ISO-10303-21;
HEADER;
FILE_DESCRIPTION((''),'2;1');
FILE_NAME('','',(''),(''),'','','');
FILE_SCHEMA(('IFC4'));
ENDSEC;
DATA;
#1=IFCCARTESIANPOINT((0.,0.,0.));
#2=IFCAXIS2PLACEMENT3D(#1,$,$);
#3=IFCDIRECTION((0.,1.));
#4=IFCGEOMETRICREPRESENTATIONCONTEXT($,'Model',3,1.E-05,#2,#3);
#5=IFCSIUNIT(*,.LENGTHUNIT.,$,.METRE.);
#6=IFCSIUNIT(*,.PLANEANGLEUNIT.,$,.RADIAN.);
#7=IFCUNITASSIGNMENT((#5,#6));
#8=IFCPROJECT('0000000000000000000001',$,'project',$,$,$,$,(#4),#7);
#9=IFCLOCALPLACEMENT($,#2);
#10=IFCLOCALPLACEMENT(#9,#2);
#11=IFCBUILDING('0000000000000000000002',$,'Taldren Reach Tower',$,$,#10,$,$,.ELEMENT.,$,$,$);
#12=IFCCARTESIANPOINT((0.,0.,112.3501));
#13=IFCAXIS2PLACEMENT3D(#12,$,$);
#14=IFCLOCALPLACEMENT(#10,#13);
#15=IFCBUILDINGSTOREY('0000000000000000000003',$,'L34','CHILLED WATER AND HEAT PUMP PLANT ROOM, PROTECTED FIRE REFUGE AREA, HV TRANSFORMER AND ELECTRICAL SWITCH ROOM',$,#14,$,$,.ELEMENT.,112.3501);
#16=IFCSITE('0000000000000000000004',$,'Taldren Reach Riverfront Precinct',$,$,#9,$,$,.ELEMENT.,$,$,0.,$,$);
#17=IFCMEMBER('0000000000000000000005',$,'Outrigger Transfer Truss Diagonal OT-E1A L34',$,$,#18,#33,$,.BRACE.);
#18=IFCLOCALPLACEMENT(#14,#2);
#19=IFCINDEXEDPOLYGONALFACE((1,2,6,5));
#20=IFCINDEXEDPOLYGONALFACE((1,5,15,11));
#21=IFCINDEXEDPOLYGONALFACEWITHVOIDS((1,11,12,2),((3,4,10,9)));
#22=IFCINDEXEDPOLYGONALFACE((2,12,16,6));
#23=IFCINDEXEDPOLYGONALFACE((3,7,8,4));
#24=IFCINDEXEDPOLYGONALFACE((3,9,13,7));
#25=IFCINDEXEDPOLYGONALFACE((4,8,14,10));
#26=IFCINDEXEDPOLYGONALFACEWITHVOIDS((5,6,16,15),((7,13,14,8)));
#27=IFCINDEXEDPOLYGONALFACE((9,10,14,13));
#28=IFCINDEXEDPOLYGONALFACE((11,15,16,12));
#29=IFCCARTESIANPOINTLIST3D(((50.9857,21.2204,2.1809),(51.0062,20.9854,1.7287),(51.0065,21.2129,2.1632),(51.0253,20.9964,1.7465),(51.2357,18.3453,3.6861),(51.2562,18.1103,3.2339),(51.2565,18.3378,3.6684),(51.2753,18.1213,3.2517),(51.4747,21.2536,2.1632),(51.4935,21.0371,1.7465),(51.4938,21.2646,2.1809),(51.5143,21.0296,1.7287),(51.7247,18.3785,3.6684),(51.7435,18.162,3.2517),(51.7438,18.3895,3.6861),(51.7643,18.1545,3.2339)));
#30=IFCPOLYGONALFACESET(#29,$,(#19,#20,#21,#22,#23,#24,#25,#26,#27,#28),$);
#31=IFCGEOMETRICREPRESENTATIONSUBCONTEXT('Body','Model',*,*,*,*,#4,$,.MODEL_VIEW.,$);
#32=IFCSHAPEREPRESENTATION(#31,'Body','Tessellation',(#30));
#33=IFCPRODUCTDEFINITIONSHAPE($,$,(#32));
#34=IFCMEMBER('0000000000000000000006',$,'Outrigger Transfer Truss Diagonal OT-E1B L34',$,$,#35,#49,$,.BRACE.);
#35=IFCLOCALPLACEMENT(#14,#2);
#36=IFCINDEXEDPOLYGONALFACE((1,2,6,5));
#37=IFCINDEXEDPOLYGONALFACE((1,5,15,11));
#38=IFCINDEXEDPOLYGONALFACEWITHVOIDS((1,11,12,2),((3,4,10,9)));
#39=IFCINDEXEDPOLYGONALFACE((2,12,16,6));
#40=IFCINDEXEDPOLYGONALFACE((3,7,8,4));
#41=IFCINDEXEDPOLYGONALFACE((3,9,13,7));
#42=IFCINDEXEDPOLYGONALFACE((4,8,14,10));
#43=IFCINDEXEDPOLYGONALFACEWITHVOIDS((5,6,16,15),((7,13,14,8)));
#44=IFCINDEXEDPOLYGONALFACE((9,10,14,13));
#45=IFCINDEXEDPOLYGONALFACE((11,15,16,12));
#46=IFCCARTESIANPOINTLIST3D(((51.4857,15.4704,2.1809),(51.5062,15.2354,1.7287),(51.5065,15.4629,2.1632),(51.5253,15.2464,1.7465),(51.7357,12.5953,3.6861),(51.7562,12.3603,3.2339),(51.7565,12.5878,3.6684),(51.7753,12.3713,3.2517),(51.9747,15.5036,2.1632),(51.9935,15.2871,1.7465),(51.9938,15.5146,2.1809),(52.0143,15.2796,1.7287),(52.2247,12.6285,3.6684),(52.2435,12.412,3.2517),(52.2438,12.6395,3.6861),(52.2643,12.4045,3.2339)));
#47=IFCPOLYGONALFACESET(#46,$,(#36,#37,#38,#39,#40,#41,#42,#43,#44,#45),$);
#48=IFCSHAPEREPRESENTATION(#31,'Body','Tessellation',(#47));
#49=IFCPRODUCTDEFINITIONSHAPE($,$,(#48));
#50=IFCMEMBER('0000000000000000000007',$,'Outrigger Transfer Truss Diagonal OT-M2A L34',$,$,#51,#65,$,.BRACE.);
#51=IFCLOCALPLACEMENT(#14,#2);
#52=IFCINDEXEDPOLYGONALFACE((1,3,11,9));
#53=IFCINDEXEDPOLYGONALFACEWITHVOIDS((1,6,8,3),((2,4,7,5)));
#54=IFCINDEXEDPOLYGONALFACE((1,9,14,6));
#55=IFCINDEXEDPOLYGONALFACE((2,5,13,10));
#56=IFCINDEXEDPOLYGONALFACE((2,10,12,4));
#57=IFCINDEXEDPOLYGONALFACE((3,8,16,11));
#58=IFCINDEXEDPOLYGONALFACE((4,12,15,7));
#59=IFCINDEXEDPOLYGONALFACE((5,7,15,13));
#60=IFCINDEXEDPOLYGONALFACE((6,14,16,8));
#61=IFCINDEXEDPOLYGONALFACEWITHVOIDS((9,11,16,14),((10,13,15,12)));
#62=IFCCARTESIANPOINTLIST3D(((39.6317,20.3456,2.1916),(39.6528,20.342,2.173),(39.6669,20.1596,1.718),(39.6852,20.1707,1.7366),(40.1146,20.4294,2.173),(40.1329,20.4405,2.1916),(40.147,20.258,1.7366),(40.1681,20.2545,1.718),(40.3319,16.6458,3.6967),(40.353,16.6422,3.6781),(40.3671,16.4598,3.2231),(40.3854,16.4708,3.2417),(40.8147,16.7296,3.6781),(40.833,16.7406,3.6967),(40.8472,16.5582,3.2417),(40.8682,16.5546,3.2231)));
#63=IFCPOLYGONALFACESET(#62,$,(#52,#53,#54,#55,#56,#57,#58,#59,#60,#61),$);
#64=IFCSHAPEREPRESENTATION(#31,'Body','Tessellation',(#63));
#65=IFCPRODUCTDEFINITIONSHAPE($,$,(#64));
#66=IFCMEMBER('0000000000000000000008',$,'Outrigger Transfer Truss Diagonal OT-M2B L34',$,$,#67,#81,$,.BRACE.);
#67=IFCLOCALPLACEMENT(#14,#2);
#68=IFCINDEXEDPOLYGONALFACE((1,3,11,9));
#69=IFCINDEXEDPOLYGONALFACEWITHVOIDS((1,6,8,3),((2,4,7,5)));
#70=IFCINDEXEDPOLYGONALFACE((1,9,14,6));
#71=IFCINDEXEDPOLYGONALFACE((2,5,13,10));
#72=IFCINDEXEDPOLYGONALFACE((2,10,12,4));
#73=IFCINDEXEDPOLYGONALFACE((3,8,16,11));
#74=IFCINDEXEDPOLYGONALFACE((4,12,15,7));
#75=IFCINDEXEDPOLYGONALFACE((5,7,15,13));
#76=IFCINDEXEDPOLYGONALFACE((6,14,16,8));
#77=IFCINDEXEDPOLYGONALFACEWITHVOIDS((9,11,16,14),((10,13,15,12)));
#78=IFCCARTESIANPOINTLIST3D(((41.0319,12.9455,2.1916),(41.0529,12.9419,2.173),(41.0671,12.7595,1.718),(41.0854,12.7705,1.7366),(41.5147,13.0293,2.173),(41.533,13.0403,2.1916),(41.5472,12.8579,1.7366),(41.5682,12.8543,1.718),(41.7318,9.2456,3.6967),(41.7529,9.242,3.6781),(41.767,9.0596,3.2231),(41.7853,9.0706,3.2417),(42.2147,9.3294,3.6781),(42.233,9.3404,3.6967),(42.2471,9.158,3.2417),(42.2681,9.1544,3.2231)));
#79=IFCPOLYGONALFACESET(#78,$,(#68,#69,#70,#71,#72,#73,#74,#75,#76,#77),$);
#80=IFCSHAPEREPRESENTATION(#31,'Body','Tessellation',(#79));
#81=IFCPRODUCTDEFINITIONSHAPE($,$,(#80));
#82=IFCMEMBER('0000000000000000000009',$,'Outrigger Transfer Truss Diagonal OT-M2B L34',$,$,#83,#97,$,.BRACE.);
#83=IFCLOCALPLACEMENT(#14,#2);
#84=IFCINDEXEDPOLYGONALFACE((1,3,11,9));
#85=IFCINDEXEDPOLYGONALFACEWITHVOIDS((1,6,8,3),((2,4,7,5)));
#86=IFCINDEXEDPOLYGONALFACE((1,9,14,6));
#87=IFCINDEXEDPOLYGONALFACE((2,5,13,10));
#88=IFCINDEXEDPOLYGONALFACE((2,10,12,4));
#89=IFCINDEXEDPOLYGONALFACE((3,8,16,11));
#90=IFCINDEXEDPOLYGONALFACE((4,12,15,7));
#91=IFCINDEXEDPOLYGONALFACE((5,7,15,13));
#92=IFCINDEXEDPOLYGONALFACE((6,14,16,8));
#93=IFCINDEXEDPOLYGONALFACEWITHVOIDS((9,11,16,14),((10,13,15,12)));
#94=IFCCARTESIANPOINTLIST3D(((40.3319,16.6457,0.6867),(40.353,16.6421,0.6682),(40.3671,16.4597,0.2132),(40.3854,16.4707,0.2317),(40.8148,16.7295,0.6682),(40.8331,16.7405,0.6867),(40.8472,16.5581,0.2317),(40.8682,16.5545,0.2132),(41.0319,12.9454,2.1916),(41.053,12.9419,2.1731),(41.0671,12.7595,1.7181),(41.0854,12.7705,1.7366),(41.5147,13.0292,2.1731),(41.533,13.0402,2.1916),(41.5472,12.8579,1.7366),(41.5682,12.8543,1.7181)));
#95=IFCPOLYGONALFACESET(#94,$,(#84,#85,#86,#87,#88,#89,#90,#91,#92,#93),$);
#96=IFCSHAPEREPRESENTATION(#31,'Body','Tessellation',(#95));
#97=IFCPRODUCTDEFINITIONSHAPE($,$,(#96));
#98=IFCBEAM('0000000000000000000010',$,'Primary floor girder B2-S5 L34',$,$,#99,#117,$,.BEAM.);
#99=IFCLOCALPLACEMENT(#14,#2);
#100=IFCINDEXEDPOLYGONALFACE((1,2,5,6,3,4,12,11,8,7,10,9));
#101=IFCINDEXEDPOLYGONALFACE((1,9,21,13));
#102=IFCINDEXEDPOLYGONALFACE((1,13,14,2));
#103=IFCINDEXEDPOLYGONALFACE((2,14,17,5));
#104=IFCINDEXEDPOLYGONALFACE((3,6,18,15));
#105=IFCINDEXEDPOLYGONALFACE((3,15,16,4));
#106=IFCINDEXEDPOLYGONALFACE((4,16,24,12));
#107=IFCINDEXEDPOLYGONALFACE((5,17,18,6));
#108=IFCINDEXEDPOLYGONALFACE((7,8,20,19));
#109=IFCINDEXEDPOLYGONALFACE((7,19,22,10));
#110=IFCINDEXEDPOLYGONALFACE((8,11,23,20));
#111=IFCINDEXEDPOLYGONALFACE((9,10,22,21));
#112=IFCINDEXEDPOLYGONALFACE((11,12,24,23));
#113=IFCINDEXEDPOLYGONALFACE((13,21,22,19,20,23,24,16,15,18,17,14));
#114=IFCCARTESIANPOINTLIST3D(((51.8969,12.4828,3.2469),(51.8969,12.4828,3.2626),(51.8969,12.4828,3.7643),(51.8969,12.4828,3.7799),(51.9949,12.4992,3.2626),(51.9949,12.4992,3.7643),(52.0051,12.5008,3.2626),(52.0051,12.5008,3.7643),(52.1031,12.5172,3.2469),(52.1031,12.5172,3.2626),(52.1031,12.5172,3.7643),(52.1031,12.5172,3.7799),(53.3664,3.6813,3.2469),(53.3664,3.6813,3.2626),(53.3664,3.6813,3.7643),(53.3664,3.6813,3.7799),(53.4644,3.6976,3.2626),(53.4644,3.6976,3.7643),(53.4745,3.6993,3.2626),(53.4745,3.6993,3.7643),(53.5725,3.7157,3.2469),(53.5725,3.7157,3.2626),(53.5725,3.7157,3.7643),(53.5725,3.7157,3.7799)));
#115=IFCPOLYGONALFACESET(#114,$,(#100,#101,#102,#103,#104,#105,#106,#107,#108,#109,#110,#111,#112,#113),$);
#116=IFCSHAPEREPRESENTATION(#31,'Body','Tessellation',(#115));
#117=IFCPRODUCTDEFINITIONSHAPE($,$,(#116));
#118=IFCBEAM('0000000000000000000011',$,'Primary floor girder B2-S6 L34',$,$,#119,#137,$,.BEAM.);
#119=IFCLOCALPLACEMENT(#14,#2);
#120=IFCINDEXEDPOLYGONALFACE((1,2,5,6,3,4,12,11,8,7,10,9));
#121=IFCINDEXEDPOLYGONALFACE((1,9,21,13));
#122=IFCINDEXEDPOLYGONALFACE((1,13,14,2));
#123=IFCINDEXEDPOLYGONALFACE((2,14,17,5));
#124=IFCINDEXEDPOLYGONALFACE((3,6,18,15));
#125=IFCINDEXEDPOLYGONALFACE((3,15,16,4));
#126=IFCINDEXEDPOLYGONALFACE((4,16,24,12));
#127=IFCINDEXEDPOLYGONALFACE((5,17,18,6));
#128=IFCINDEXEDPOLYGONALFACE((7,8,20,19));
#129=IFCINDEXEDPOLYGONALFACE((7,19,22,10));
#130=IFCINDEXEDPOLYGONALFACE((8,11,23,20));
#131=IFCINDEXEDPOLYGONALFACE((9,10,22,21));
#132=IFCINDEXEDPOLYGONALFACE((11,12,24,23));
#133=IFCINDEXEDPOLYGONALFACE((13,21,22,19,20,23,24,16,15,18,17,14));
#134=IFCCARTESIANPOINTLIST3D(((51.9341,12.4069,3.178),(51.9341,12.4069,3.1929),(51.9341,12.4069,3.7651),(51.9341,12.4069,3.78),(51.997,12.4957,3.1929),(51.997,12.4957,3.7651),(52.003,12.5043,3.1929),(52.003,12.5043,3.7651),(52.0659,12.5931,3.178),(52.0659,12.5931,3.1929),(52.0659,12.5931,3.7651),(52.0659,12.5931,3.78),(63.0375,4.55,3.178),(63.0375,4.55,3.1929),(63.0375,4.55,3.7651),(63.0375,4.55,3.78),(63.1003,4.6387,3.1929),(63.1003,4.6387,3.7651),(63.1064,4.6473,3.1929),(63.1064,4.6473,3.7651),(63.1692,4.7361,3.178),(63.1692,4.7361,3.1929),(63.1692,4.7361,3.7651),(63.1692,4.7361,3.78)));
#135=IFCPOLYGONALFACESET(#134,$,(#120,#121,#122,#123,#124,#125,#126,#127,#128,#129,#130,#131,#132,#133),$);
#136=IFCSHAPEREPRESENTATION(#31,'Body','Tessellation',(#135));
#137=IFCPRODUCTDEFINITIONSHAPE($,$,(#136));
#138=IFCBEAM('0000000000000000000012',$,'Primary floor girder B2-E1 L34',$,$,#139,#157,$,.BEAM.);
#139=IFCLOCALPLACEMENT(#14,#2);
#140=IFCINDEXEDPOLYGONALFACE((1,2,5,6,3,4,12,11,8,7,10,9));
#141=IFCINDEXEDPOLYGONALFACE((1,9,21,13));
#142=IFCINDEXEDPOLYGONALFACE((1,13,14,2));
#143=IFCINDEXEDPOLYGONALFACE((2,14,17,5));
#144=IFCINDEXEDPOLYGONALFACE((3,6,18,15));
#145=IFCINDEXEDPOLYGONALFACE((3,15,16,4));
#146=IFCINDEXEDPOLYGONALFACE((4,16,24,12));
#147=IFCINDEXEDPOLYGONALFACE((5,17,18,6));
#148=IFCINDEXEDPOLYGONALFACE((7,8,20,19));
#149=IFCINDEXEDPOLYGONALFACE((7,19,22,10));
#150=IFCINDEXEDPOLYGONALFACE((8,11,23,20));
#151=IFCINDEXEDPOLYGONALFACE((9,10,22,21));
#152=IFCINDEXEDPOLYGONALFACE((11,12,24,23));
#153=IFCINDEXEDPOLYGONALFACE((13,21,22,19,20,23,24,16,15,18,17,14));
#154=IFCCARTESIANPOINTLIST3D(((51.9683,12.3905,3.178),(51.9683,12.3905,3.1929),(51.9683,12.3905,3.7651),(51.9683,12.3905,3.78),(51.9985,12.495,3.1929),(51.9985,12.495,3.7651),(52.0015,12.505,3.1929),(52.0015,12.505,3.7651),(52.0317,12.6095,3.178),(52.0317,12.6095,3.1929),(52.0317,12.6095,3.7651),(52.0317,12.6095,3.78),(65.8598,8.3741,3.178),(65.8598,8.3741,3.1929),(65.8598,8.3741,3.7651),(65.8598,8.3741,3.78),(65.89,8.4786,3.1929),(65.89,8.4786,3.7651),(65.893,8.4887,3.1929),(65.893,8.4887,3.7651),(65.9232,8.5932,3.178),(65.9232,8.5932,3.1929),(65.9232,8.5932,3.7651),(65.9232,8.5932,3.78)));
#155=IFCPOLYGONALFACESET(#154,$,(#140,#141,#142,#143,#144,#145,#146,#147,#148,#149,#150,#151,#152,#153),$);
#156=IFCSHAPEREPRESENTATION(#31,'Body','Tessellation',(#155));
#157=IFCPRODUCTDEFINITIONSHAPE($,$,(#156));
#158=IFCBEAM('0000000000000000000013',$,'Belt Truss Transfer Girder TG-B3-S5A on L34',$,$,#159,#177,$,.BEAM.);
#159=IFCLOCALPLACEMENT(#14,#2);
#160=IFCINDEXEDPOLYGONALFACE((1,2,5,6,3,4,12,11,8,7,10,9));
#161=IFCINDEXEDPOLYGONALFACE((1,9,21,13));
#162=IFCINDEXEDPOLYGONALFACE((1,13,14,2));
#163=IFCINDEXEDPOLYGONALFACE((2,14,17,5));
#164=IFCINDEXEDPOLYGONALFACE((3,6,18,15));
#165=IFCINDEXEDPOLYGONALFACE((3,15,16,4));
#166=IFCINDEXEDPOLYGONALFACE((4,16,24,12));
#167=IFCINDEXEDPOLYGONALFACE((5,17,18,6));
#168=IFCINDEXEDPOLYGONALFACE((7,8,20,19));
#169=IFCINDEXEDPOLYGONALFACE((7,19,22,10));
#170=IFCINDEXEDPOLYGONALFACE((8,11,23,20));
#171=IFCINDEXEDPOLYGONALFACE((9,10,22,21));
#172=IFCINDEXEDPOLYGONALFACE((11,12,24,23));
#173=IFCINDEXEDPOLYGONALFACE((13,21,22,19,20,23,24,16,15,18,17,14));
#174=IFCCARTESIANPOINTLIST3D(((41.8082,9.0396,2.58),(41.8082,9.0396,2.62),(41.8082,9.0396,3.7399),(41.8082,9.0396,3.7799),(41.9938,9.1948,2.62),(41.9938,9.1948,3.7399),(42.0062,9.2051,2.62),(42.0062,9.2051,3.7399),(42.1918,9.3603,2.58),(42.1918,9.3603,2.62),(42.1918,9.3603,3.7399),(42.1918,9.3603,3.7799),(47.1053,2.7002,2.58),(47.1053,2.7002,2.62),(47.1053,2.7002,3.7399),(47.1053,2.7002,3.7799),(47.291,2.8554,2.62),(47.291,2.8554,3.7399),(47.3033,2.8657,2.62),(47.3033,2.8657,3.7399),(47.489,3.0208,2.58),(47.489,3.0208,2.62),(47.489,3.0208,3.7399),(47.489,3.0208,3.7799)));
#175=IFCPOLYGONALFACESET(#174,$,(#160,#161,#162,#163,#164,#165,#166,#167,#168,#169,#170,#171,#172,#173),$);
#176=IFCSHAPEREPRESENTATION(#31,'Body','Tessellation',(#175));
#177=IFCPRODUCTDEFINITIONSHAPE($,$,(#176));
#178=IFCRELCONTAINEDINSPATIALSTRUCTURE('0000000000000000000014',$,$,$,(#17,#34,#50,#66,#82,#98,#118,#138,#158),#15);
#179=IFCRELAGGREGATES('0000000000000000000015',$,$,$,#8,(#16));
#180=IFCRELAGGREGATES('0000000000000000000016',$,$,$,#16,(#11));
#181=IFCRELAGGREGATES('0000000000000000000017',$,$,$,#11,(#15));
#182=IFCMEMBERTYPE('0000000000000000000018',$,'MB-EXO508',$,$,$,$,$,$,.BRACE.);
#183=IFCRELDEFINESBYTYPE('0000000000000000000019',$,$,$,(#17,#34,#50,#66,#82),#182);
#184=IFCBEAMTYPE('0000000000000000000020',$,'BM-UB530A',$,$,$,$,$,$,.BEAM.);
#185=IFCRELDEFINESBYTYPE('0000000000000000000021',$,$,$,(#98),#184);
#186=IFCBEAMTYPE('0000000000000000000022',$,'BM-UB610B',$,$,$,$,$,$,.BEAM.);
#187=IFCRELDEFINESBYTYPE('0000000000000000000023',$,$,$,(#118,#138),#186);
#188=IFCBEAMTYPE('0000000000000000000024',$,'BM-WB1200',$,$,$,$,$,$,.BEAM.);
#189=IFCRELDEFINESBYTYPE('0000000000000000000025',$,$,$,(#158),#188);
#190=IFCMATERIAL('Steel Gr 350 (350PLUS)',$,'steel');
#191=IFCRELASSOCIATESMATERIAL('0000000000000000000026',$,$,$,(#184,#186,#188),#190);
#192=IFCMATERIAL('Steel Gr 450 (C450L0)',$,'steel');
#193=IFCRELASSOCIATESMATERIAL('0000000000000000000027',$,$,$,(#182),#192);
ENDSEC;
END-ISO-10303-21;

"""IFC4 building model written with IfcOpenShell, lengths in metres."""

from ifc_helpers import new_model, si_unit, direction, frame, origin, origin_2d, place, context, subcontext, project, spatial, hollow_rectangle, i_section, extrude, source, transform, mapped, material, material_profile, profile_set, type_object, element, save


model = new_model("IFC4")

# Units and contexts
model_context = context("Model", 3, precision=1e-05, world=origin(), true_north=direction((0.0, 1.0)))
body_context = subcontext(model_context, "Body", "Model", "MODEL_VIEW")
ifc_project = project(units=[si_unit("LENGTHUNIT", "METRE"), si_unit("PLANEANGLEUNIT", "RADIAN")], contexts=[model_context])

# Site, building, storey
site_placement = place(None, origin())
site = spatial("IfcSite", under=ifc_project, at=site_placement, Name="Taldren Reach Riverfront Precinct", CompositionType="ELEMENT", RefElevation=0.0)
building_placement = place(site_placement, origin())
building = spatial("IfcBuilding", under=site, at=building_placement, Name="Taldren Reach Tower", CompositionType="ELEMENT")
storey_placement = place(building_placement, frame((0.0, 0.0, 112.3501)))
storey = spatial("IfcBuildingStorey", under=building, at=storey_placement, Name="L34", Description="CHILLED WATER AND HEAT PUMP PLANT ROOM, PROTECTED FIRE REFUGE AREA, HV TRANSFORMER AND ELECTRICAL SWITCH ROOM", CompositionType="ELEMENT", Elevation=112.3501)

# Shared definitions
ifc_material_1 = material(Name="Steel Gr 350 (350PLUS)", Category="steel")

# Shared definitions
ifc_material_profile_1 = material_profile(ifc_material_1, i_section(OverallWidth=0.209, OverallDepth=0.533, WebThickness=0.0103, FlangeThickness=0.0156, at=origin_2d()), Name="530UB92.4")
ifc_profile_set_1 = profile_set([ifc_material_profile_1], Name="Steel Gr 350 (350PLUS)")
beam_type_1 = type_object("IfcBeamType", Name="BM-UB530A", PredefinedType="BEAM", material=ifc_profile_set_1)

# Members
ifc_material_2 = material(Name="Steel Gr 450 (C450L0)", Category="steel")
ifc_material_profile_2 = material_profile(ifc_material_2, hollow_rectangle(XDim=0.51, YDim=0.51, WallThickness=0.02, at=origin_2d()), Name="510x510x20.0SHS")
ifc_profile_set_2 = profile_set([ifc_material_profile_2], Name="Steel Gr 450 (C450L0)")
member_type_1 = type_object("IfcMemberType", Name="MB-EXO508", PredefinedType="BRACE", material=ifc_profile_set_2)
shared_shape_1 = source(origin(), body_context, "Body", "SweptSolid", [
    extrude(hollow_rectangle(XDim=0.51, YDim=0.51, WallThickness=0.02, at=origin_2d()), origin(), (0.0, 0.0, 1.0), 3.2549),
])
for number, where, z_axis, x_axis, name in (
    (1, (51.25, 21.125, 1.9548), (0.07681, -0.883319, 0.462437), (0.996241, 0.08663, 0.0), "Outrigger Transfer Truss Diagonal OT-E1A L34"),
    (2, (51.75, 15.375, 1.9548), (0.07681, -0.883319, 0.462437), (0.996241, 0.08663, 0.0), "Outrigger Transfer Truss Diagonal OT-E1B L34"),
):
    element("IfcMember", number, at=place(storey_placement, frame(where, z_axis=z_axis, x_axis=x_axis)), inside=storey, type_object=member_type_1, Name=name, PredefinedType="BRACE", context=body_context, shape_type="MappedRepresentation", body=[
        mapped(shared_shape_1, transform((0.0, 0.0, 0.0), scale=1.0)),
    ])
shared_shape_2 = source(origin(), body_context, "Body", "SweptSolid", [
    extrude(hollow_rectangle(XDim=0.51, YDim=0.51, WallThickness=0.02, at=origin_2d()), origin(), (0.0, 0.0, 1.0), 4.0552),
])
for number, where, z_axis, x_axis, name in (
    (3, (39.8999, 20.3, 1.9548), (0.172663, -0.912378, 0.371152), (0.98256, 0.185944, 0.0), "Outrigger Transfer Truss Diagonal OT-M2A L34"),
    (4, (41.3, 12.8999, 1.9548), (0.172604, -0.912388, 0.371156), (0.982572, 0.185882, 0.0), "Outrigger Transfer Truss Diagonal OT-M2B L34"),
):
    element("IfcMember", number, at=place(storey_placement, frame(where, z_axis=z_axis, x_axis=x_axis)), inside=storey, type_object=member_type_1, Name=name, PredefinedType="BRACE", context=body_context, shape_type="MappedRepresentation", body=[
        mapped(shared_shape_2, transform((0.0, 0.0, 0.0), scale=1.0)),
    ])
shared_shape_3 = source(origin(), body_context, "Body", "SweptSolid", [
    extrude(hollow_rectangle(XDim=0.51, YDim=0.51, WallThickness=0.02, at=origin_2d()), origin(), (0.0, 0.0, 1.0), 4.0554),
])
member_1_placement = place(storey_placement, frame((40.6001, 16.6001, 0.45), z_axis=(0.172598, -0.912418, 0.371084), x_axis=(0.982574, 0.18587, 0.0)))
element("IfcMember", 5, at=member_1_placement, inside=storey, type_object=member_type_1, Name="Outrigger Transfer Truss Diagonal OT-M2B L34", PredefinedType="BRACE", context=body_context, shape_type="MappedRepresentation", body=[
    mapped(shared_shape_3, transform((0.0, 0.0, 0.0), scale=1.0)),
])

# Beams
shared_shape_4 = source(origin(), body_context, "Body", "SweptSolid", [
    extrude(i_section(OverallWidth=0.209, OverallDepth=0.533, WebThickness=0.0103, FlangeThickness=0.0156, at=origin_2d()), origin(), (0.0, 0.0, 1.0), 8.9233),
])
beam_1_placement = place(storey_placement, frame((52.0, 12.5, 3.5134), z_axis=(0.164678, -0.986347, 0.0), x_axis=(0.986347, 0.164678, 0.0)))
element("IfcBeam", 6, at=beam_1_placement, inside=storey, type_object=beam_type_1, Name="Primary floor girder B2-S5 L34", PredefinedType="BEAM", context=body_context, shape_type="MappedRepresentation", body=[
    mapped(shared_shape_4, transform((0.0, 0.0, 0.0), scale=1.0)),
])
ifc_material_profile_3 = material_profile(ifc_material_1, i_section(OverallWidth=0.228, OverallDepth=0.6021, WebThickness=0.0105, FlangeThickness=0.0149, at=origin_2d()), Name="610UB101")
ifc_profile_set_3 = profile_set([ifc_material_profile_3], Name="Steel Gr 350 (350PLUS)")
beam_type_2 = type_object("IfcBeamType", Name="BM-UB610B", PredefinedType="BEAM", material=ifc_profile_set_3)
shared_shape_5 = source(origin(), body_context, "Body", "SweptSolid", [
    extrude(i_section(OverallWidth=0.228, OverallDepth=0.6021, WebThickness=0.0105, FlangeThickness=0.0149, at=origin_2d()), origin(), (0.0, 0.0, 1.0), 13.6021),
])
beam_2_placement = place(storey_placement, frame((52.0, 12.5, 3.479), z_axis=(0.816298, -0.577631, 0.0), x_axis=(0.577631, 0.816298, 0.0)))
element("IfcBeam", 7, at=beam_2_placement, inside=storey, type_object=beam_type_2, Name="Primary floor girder B2-S6 L34", PredefinedType="BEAM", context=body_context, shape_type="MappedRepresentation", body=[
    mapped(shared_shape_5, transform((0.0, 0.0, 0.0), scale=1.0)),
])
shared_shape_6 = source(origin(), body_context, "Body", "SweptSolid", [
    extrude(i_section(OverallWidth=0.228, OverallDepth=0.6021, WebThickness=0.0105, FlangeThickness=0.0149, at=origin_2d()), origin(), (0.0, 0.0, 1.0), 14.4604),
])
beam_3_placement = place(storey_placement, frame((52.0, 12.5, 3.479), z_axis=(0.960655, -0.277746, 0.0), x_axis=(0.277746, 0.960655, 0.0)))
element("IfcBeam", 8, at=beam_3_placement, inside=storey, type_object=beam_type_2, Name="Primary floor girder B2-E1 L34", PredefinedType="BEAM", context=body_context, shape_type="MappedRepresentation", body=[
    mapped(shared_shape_6, transform((0.0, 0.0, 0.0), scale=1.0)),
])
ifc_material_profile_4 = material_profile(ifc_material_1, i_section(OverallWidth=0.5, OverallDepth=1.2, WebThickness=0.0161, FlangeThickness=0.04, at=origin_2d()), Name="1200WB455")
ifc_profile_set_4 = profile_set([ifc_material_profile_4], Name="Steel Gr 350 (350PLUS)")
beam_type_3 = type_object("IfcBeamType", Name="BM-WB1200", PredefinedType="BEAM", material=ifc_profile_set_4)
shared_shape_7 = source(origin(), body_context, "Body", "SweptSolid", [
    extrude(i_section(OverallWidth=0.5, OverallDepth=1.2, WebThickness=0.0161, FlangeThickness=0.04, at=origin_2d()), origin(), (0.0, 0.0, 1.0), 8.2612),
])
beam_4_placement = place(storey_placement, frame((42.0, 9.2, 3.1799), z_axis=(0.641207, -0.767368, 0.0), x_axis=(0.767368, 0.641207, 0.0)))
element("IfcBeam", 9, at=beam_4_placement, inside=storey, type_object=beam_type_3, Name="Belt Truss Transfer Girder TG-B3-S5A on L34", PredefinedType="BEAM", context=body_context, shape_type="MappedRepresentation", body=[
    mapped(shared_shape_7, transform((0.0, 0.0, 0.0), scale=1.0)),
])

save(model, "model.ifc")
